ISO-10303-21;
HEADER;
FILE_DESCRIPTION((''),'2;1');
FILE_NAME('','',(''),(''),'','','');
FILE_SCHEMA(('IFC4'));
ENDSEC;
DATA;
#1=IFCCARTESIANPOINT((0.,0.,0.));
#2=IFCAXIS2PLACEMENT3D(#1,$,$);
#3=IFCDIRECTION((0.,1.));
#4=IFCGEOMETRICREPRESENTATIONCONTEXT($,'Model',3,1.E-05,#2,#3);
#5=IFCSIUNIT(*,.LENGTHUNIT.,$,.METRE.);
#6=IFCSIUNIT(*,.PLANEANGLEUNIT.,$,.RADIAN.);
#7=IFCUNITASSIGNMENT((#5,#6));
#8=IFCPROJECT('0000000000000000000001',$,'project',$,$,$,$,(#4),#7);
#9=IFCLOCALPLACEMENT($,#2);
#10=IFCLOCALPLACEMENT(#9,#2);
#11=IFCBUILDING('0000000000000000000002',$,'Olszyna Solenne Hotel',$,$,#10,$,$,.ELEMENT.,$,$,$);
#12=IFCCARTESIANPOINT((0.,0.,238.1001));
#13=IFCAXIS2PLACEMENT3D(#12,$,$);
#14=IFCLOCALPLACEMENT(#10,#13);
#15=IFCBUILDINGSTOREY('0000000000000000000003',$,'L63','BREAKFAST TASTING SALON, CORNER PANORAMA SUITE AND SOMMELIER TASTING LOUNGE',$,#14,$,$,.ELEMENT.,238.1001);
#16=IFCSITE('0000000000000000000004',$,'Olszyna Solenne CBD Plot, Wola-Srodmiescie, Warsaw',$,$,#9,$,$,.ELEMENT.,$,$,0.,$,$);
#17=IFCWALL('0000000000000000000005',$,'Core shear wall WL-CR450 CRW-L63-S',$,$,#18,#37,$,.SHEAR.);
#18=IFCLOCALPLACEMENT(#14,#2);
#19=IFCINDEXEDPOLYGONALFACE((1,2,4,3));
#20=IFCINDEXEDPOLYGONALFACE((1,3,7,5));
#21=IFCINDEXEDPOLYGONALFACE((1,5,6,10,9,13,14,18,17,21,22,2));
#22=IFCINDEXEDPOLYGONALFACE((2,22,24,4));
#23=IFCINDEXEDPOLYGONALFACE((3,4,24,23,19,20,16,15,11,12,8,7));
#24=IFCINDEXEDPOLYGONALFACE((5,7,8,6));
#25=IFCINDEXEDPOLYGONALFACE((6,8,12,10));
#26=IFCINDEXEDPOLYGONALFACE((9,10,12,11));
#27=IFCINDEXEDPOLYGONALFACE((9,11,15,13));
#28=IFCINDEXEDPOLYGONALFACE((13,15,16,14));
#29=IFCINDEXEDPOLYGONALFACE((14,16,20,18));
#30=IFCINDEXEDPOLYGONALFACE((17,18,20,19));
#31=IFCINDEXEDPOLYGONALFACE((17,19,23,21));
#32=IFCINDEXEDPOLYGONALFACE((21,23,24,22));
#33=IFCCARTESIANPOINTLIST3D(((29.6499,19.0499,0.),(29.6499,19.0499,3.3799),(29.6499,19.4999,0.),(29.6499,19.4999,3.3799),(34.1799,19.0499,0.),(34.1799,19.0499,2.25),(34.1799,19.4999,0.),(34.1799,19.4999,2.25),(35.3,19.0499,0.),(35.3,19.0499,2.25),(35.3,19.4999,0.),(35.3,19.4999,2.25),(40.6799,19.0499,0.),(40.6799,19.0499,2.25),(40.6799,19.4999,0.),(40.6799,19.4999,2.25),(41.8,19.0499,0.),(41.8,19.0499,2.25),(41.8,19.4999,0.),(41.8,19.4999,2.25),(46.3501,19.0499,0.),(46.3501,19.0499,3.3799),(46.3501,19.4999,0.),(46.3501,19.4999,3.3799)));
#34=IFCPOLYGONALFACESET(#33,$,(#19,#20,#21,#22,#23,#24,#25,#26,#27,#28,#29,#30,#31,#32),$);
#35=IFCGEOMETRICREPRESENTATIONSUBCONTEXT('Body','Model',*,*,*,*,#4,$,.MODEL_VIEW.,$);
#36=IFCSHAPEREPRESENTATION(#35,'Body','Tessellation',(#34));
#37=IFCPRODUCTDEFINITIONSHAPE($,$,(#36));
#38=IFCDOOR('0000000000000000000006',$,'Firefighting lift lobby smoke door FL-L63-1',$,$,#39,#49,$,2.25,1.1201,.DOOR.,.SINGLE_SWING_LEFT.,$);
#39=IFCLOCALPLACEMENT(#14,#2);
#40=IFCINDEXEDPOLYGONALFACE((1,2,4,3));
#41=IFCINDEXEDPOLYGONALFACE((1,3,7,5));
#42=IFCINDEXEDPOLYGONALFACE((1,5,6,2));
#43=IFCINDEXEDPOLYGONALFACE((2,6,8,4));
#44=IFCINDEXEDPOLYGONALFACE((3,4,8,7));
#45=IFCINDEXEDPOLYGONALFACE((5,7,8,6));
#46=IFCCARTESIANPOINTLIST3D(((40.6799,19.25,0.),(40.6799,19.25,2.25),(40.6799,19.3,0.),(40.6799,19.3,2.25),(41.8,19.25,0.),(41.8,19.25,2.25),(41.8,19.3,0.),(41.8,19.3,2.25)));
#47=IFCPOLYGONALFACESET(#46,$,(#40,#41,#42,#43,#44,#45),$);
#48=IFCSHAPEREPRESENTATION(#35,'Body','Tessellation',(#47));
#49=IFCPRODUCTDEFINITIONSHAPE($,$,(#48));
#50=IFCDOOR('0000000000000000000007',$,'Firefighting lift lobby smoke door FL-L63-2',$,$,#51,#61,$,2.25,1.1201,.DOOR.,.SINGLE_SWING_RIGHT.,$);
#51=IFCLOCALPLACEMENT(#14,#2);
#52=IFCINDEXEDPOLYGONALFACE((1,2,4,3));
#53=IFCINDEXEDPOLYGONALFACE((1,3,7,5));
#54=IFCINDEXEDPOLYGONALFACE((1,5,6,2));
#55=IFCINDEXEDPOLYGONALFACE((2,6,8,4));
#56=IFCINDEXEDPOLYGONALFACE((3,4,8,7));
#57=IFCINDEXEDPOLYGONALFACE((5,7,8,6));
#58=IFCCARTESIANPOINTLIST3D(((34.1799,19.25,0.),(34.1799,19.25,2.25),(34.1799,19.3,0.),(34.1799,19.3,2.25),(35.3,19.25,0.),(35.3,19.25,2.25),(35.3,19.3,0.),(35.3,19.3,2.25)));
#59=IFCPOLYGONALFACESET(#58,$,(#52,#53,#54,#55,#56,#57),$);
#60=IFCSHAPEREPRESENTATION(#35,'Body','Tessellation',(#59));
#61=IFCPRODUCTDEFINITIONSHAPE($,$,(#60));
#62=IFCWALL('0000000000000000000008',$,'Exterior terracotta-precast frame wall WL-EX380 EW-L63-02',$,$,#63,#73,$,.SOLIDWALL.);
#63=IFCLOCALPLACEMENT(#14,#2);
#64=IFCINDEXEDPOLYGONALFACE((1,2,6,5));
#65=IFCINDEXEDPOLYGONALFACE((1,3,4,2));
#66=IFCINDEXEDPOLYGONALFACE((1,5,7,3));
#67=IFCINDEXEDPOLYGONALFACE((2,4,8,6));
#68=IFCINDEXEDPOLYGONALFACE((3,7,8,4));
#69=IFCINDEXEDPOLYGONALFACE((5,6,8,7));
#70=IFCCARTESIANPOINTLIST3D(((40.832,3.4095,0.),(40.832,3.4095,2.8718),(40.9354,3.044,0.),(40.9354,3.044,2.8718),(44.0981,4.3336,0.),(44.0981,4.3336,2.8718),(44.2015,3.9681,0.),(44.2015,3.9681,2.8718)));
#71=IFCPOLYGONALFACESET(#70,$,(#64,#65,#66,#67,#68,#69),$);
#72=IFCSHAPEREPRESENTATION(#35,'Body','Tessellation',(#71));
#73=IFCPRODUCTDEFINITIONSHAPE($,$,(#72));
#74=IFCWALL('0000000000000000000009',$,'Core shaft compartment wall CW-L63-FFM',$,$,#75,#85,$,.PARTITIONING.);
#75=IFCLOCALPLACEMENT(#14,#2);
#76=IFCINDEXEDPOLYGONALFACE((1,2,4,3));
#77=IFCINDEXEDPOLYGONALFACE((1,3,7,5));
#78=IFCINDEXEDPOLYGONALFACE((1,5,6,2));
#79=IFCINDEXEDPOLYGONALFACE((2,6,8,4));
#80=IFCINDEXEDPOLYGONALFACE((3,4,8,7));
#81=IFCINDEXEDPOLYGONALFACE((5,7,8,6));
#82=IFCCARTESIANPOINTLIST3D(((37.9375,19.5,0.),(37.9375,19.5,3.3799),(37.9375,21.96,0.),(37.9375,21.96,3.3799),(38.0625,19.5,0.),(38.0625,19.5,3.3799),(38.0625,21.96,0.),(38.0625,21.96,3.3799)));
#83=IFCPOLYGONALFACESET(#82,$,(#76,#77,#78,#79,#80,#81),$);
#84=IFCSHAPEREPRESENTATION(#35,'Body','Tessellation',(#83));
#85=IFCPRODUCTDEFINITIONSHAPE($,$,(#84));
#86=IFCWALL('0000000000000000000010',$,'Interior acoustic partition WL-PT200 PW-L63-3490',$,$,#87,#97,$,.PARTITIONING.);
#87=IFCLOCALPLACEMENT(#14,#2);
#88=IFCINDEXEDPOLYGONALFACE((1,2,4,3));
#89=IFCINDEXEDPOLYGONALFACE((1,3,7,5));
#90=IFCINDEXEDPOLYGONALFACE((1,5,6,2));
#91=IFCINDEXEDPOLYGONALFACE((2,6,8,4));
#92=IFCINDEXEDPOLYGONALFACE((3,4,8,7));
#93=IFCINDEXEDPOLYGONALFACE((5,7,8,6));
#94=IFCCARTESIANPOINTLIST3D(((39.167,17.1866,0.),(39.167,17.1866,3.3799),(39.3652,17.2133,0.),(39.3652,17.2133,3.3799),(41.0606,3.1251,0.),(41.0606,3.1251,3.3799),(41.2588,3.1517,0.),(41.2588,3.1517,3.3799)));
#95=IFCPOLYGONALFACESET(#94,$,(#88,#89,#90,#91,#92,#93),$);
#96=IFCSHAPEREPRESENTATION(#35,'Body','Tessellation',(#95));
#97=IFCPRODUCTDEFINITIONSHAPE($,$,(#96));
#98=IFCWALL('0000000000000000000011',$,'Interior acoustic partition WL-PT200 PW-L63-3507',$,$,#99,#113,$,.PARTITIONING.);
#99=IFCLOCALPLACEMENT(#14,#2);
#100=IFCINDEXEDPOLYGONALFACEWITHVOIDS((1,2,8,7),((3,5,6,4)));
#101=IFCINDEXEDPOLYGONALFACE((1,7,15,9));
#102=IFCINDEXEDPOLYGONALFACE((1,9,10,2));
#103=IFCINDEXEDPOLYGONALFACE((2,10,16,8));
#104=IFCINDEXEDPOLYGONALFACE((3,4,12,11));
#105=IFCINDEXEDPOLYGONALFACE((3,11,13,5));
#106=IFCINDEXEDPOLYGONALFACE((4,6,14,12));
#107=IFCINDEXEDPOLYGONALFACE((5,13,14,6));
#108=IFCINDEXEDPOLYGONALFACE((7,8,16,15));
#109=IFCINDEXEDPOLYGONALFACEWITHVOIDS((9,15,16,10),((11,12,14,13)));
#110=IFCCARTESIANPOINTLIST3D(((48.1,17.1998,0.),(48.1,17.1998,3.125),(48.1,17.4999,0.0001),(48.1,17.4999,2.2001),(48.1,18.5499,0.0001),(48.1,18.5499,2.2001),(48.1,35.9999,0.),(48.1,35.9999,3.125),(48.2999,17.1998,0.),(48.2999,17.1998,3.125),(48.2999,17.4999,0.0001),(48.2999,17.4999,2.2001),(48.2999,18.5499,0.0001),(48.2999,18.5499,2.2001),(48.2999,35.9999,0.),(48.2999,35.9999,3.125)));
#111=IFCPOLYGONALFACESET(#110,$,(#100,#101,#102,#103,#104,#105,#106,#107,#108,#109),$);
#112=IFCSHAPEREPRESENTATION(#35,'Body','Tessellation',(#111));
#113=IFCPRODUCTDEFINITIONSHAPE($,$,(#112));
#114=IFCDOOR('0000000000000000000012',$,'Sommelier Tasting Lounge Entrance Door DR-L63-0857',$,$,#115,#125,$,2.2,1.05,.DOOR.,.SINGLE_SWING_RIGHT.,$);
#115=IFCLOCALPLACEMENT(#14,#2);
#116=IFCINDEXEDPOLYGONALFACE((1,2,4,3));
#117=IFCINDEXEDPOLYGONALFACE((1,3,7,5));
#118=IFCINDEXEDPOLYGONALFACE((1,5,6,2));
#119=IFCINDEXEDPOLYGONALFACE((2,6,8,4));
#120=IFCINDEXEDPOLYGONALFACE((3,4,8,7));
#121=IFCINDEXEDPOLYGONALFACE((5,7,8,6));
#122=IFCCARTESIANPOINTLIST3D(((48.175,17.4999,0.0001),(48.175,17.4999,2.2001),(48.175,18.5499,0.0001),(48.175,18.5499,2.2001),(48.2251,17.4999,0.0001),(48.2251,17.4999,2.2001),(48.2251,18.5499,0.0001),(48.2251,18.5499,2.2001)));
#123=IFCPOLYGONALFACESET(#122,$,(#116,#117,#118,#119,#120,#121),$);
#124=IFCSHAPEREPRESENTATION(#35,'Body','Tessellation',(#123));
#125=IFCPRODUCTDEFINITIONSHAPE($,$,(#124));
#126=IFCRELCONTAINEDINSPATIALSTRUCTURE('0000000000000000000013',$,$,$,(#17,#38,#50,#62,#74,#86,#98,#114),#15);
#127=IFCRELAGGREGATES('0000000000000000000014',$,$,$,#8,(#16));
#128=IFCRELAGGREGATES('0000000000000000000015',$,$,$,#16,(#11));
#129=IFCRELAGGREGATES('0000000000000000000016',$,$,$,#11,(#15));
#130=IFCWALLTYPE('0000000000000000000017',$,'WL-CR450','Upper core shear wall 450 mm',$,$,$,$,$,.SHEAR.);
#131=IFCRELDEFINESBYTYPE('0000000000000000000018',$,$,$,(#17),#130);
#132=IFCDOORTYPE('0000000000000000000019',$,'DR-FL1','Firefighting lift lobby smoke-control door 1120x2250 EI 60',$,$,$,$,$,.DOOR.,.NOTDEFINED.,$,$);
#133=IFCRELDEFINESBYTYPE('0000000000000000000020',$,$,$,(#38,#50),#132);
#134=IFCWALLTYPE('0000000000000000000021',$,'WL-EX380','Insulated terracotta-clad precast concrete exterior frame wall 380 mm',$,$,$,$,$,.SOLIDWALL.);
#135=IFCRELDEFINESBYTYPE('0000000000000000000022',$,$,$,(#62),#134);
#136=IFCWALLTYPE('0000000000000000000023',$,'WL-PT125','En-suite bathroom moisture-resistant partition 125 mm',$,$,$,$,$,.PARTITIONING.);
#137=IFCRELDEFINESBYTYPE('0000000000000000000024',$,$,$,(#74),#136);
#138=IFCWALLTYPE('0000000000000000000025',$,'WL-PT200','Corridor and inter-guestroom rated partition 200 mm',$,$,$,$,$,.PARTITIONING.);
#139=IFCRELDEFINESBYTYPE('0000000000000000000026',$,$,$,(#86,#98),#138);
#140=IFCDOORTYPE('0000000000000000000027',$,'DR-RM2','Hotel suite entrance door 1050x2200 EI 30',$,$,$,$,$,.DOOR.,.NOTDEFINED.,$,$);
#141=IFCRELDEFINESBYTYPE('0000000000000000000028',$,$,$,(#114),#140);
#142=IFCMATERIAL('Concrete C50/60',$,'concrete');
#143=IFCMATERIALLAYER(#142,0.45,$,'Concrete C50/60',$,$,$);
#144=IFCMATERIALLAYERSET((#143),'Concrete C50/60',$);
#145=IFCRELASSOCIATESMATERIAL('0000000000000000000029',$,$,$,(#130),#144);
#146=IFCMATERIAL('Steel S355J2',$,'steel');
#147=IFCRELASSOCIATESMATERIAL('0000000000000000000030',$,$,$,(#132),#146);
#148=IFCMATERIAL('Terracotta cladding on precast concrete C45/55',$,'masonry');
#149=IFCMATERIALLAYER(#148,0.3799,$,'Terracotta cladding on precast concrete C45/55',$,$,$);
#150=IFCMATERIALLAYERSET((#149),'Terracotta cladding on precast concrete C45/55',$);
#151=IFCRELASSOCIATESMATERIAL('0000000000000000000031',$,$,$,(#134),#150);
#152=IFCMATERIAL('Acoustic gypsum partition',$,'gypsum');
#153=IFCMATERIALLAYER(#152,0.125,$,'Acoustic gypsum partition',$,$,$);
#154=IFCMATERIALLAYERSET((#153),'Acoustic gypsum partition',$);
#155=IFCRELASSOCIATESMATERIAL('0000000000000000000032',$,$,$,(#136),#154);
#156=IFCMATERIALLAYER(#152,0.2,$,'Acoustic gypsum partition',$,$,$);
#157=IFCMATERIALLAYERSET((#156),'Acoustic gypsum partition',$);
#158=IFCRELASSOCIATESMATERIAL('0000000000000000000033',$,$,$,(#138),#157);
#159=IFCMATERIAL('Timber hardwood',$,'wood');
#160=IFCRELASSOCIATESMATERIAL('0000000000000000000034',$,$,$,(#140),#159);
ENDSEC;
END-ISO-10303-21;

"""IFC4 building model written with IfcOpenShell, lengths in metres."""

from ifc_helpers import new_model, si_unit, direction, frame, frame_2d, origin, place, context, subcontext, project, spatial, rectangle, extrude, source, transform, mapped, material, layer, layer_set, type_object, type_shapes, element, fill, save


model = new_model("IFC4")

# Units and contexts
model_context = context("Model", 3, precision=1e-05, world=origin(), true_north=direction((0.0, 1.0)))
body_context = subcontext(model_context, "Body", "Model", "MODEL_VIEW")
ifc_project = project(units=[si_unit("LENGTHUNIT", "METRE"), si_unit("PLANEANGLEUNIT", "RADIAN")], contexts=[model_context])

# Site, building, storey
site_placement = place(None, origin())
site = spatial("IfcSite", under=ifc_project, at=site_placement, Name="Olszyna Solenne CBD Plot, Wola-Srodmiescie, Warsaw", CompositionType="ELEMENT", RefElevation=0.0)
building_placement = place(site_placement, origin())
building = spatial("IfcBuilding", under=site, at=building_placement, Name="Olszyna Solenne Hotel", CompositionType="ELEMENT")
storey_placement = place(building_placement, frame((0.0, 0.0, 238.1001)))
storey = spatial("IfcBuildingStorey", under=building, at=storey_placement, Name="L63", Description="BREAKFAST TASTING SALON, CORNER PANORAMA SUITE AND SOMMELIER TASTING LOUNGE", CompositionType="ELEMENT", Elevation=238.1001)

# Shared definitions
ifc_material_1 = material(Name="Steel S355J2", Category="steel")

# Wall, openings, doors
ifc_material_2 = material(Name="Concrete C50/60", Category="concrete")
ifc_layer_1 = layer(ifc_material_2, 0.45, Name="Concrete C50/60")
ifc_layer_set_1 = layer_set([ifc_layer_1], Name="Concrete C50/60")
wall_type_1 = type_object("IfcWallType", Name="WL-CR450", Description="Upper core shear wall 450 mm", PredefinedType="SHEAR", material=ifc_layer_set_1)
wall_1_placement = place(storey_placement, frame((46.3501, 19.2749, 0.0), z_axis=(0.0, 0.0, 1.0), x_axis=(-1.0, 0.0, 0.0)))
wall_1 = element("IfcWall", 1, at=wall_1_placement, inside=storey, type_object=wall_type_1, Name="Core shear wall WL-CR450 CRW-L63-S", PredefinedType="SHEAR", context=body_context, shape_type="SweptSolid", body=[
    extrude(rectangle(XDim=16.7002, YDim=0.45, at=frame_2d((8.3501, 0.0))), origin(), (0.0, 0.0, 1.0), 3.3799),
])
opening_1_placement = place(wall_1_placement, frame((4.55, 0.0, 0.0)))
opening_1 = element("IfcOpeningElement", 2, at=opening_1_placement, cuts=wall_1, PredefinedType="OPENING", context=body_context, shape_type="SweptSolid", body=[
    extrude(rectangle(XDim=1.1201, YDim=2.25, at=frame_2d((0.5601, 1.125))), frame((0.0, 0.2349, 0.0), z_axis=(0.0, -1.0, 0.0), x_axis=(1.0, 0.0, 0.0)), (0.0, 0.0, 1.0), 0.47),
])
opening_2_placement = place(wall_1_placement, frame((11.05, 0.0, 0.0)))
opening_2 = element("IfcOpeningElement", 3, at=opening_2_placement, cuts=wall_1, PredefinedType="OPENING", context=body_context, shape_type="SweptSolid", body=[
    extrude(rectangle(XDim=1.1201, YDim=2.25, at=frame_2d((0.5601, 1.125))), frame((0.0, 0.2349, 0.0), z_axis=(0.0, -1.0, 0.0), x_axis=(1.0, 0.0, 0.0)), (0.0, 0.0, 1.0), 0.47),
])
door_type_1 = type_object("IfcDoorType", Name="DR-FL1", Description="Firefighting lift lobby smoke-control door 1120x2250 EI 60", OperationType="NOTDEFINED", PredefinedType="DOOR", material=ifc_material_1)
shared_shape_1 = source(origin(), body_context, "Body", "SweptSolid", [
    extrude(rectangle(XDim=1.1201, YDim=2.25, at=frame_2d((0.5601, 1.125))), frame((0.0, 0.0249, 0.0), z_axis=(0.0, -1.0, 0.0), x_axis=(1.0, 0.0, 0.0)), (0.0, 0.0, 1.0), 0.05),
])
type_shapes(door_type_1, [shared_shape_1])
door_1_placement = place(opening_1_placement, origin())
door_1 = element("IfcDoor", 4, at=door_1_placement, inside=storey, type_object=door_type_1, Name="Firefighting lift lobby smoke door FL-L63-1", OperationType="SINGLE_SWING_LEFT", OverallHeight=2.25, OverallWidth=1.1201, PredefinedType="DOOR", context=body_context, shape_type="MappedRepresentation", body=[
    mapped(shared_shape_1, transform((0.0, 0.0, 0.0), x_axis=(1.0, 0.0, 0.0), y_axis=(0.0, 1.0, 0.0), z_axis=(0.0, 0.0, 1.0), scale=1.0)),
])
fill(opening_1, door_1)
door_2_placement = place(opening_2_placement, origin())
door_2 = element("IfcDoor", 5, at=door_2_placement, inside=storey, type_object=door_type_1, Name="Firefighting lift lobby smoke door FL-L63-2", OperationType="SINGLE_SWING_RIGHT", OverallHeight=2.25, OverallWidth=1.1201, PredefinedType="DOOR", context=body_context, shape_type="MappedRepresentation", body=[
    mapped(shared_shape_1, transform((0.0, 0.0, 0.0), x_axis=(1.0, 0.0, 0.0), y_axis=(0.0, 1.0, 0.0), z_axis=(0.0, 0.0, 1.0), scale=1.0)),
])
fill(opening_2, door_2)

# Walls
ifc_material_3 = material(Name="Terracotta cladding on precast concrete C45/55", Category="masonry")
ifc_layer_2 = layer(ifc_material_3, 0.3799, Name="Terracotta cladding on precast concrete C45/55")
ifc_layer_set_2 = layer_set([ifc_layer_2], Name="Terracotta cladding on precast concrete C45/55")
wall_type_2 = type_object("IfcWallType", Name="WL-EX380", Description="Insulated terracotta-clad precast concrete exterior frame wall 380 mm", PredefinedType="SOLIDWALL", material=ifc_layer_set_2)
wall_2_placement = place(storey_placement, frame((44.1499, 4.1509, 0.0), z_axis=(0.0, 0.0, 1.0), x_axis=(-0.962229, -0.272241, 0.0)))
element("IfcWall", 6, at=wall_2_placement, inside=storey, type_object=wall_type_2, Name="Exterior terracotta-precast frame wall WL-EX380 EW-L63-02", PredefinedType="SOLIDWALL", context=body_context, shape_type="SweptSolid", body=[
    extrude(rectangle(XDim=3.3943, YDim=0.3799, at=frame_2d((1.6973, 0.0))), origin(), (0.0, 0.0, 1.0), 2.8718),
])
ifc_material_4 = material(Name="Acoustic gypsum partition", Category="gypsum")
ifc_layer_3 = layer(ifc_material_4, 0.125, Name="Acoustic gypsum partition")
ifc_layer_set_3 = layer_set([ifc_layer_3], Name="Acoustic gypsum partition")
wall_type_3 = type_object("IfcWallType", Name="WL-PT125", Description="En-suite bathroom moisture-resistant partition 125 mm", PredefinedType="PARTITIONING", material=ifc_layer_set_3)
wall_3_placement = place(storey_placement, frame((38.0, 19.5, 0.0), z_axis=(0.0, 0.0, 1.0), x_axis=(0.0, 1.0, 0.0)))
element("IfcWall", 7, at=wall_3_placement, inside=storey, type_object=wall_type_3, Name="Core shaft compartment wall CW-L63-FFM", PredefinedType="PARTITIONING", context=body_context, shape_type="SweptSolid", body=[
    extrude(rectangle(XDim=2.46, YDim=0.125, at=frame_2d((1.23, 0.0))), origin(), (0.0, 0.0, 1.0), 3.3799),
])
ifc_layer_4 = layer(ifc_material_4, 0.2, Name="Acoustic gypsum partition")
ifc_layer_set_4 = layer_set([ifc_layer_4], Name="Acoustic gypsum partition")
wall_type_4 = type_object("IfcWallType", Name="WL-PT200", Description="Corridor and inter-guestroom rated partition 200 mm", PredefinedType="PARTITIONING", material=ifc_layer_set_4)
wall_4_placement = place(storey_placement, frame((39.2661, 17.2, 0.0), z_axis=(0.0, 0.0, 1.0), x_axis=(0.133458, -0.991055, 0.0)))
element("IfcWall", 8, at=wall_4_placement, inside=storey, type_object=wall_type_4, Name="Interior acoustic partition WL-PT200 PW-L63-3490", PredefinedType="PARTITIONING", context=body_context, shape_type="SweptSolid", body=[
    extrude(rectangle(XDim=14.1885, YDim=0.2, at=frame_2d((7.0942, 0.0))), origin(), (0.0, 0.0, 1.0), 3.3799),
])

# Wall, opening, door
wall_5_placement = place(storey_placement, frame((48.2, 17.2, 0.0), z_axis=(0.0, 0.0, 1.0), x_axis=(0.0, 1.0, 0.0)))
wall_5 = element("IfcWall", 9, at=wall_5_placement, inside=storey, type_object=wall_type_4, Name="Interior acoustic partition WL-PT200 PW-L63-3507", PredefinedType="PARTITIONING", context=body_context, shape_type="SweptSolid", body=[
    extrude(rectangle(XDim=18.8, YDim=0.2, at=frame_2d((9.3999, 0.0))), origin(), (0.0, 0.0, 1.0), 3.125),
])
opening_3_placement = place(wall_5_placement, frame((0.3, 0.0, 0.0)))
opening_3 = element("IfcOpeningElement", 10, at=opening_3_placement, cuts=wall_5, PredefinedType="OPENING", context=body_context, shape_type="SweptSolid", body=[
    extrude(rectangle(XDim=1.05, YDim=2.2, at=frame_2d((0.5249, 1.1001))), frame((0.0, 0.1099, 0.0), z_axis=(0.0, -1.0, 0.0), x_axis=(1.0, 0.0, 0.0)), (0.0, 0.0, 1.0), 0.22),
])
ifc_material_5 = material(Name="Timber hardwood", Category="wood")
door_type_2 = type_object("IfcDoorType", Name="DR-RM2", Description="Hotel suite entrance door 1050x2200 EI 30", OperationType="NOTDEFINED", PredefinedType="DOOR", material=ifc_material_5)
shared_shape_2 = source(origin(), body_context, "Body", "SweptSolid", [
    extrude(rectangle(XDim=1.05, YDim=2.2, at=frame_2d((0.5249, 1.1001))), frame((0.0, 0.0249, 0.0), z_axis=(0.0, -1.0, 0.0), x_axis=(1.0, 0.0, 0.0)), (0.0, 0.0, 1.0), 0.05),
])
type_shapes(door_type_2, [shared_shape_2])
door_3_placement = place(opening_3_placement, origin())
door_3 = element("IfcDoor", 11, at=door_3_placement, inside=storey, type_object=door_type_2, Name="Sommelier Tasting Lounge Entrance Door DR-L63-0857", OperationType="SINGLE_SWING_RIGHT", OverallHeight=2.2, OverallWidth=1.05, PredefinedType="DOOR", context=body_context, shape_type="MappedRepresentation", body=[
    mapped(shared_shape_2, transform((0.0, 0.0, 0.0), x_axis=(1.0, 0.0, 0.0), y_axis=(0.0, 1.0, 0.0), z_axis=(0.0, 0.0, 1.0), scale=1.0)),
])
fill(opening_3, door_3)

save(model, "model.ifc")
